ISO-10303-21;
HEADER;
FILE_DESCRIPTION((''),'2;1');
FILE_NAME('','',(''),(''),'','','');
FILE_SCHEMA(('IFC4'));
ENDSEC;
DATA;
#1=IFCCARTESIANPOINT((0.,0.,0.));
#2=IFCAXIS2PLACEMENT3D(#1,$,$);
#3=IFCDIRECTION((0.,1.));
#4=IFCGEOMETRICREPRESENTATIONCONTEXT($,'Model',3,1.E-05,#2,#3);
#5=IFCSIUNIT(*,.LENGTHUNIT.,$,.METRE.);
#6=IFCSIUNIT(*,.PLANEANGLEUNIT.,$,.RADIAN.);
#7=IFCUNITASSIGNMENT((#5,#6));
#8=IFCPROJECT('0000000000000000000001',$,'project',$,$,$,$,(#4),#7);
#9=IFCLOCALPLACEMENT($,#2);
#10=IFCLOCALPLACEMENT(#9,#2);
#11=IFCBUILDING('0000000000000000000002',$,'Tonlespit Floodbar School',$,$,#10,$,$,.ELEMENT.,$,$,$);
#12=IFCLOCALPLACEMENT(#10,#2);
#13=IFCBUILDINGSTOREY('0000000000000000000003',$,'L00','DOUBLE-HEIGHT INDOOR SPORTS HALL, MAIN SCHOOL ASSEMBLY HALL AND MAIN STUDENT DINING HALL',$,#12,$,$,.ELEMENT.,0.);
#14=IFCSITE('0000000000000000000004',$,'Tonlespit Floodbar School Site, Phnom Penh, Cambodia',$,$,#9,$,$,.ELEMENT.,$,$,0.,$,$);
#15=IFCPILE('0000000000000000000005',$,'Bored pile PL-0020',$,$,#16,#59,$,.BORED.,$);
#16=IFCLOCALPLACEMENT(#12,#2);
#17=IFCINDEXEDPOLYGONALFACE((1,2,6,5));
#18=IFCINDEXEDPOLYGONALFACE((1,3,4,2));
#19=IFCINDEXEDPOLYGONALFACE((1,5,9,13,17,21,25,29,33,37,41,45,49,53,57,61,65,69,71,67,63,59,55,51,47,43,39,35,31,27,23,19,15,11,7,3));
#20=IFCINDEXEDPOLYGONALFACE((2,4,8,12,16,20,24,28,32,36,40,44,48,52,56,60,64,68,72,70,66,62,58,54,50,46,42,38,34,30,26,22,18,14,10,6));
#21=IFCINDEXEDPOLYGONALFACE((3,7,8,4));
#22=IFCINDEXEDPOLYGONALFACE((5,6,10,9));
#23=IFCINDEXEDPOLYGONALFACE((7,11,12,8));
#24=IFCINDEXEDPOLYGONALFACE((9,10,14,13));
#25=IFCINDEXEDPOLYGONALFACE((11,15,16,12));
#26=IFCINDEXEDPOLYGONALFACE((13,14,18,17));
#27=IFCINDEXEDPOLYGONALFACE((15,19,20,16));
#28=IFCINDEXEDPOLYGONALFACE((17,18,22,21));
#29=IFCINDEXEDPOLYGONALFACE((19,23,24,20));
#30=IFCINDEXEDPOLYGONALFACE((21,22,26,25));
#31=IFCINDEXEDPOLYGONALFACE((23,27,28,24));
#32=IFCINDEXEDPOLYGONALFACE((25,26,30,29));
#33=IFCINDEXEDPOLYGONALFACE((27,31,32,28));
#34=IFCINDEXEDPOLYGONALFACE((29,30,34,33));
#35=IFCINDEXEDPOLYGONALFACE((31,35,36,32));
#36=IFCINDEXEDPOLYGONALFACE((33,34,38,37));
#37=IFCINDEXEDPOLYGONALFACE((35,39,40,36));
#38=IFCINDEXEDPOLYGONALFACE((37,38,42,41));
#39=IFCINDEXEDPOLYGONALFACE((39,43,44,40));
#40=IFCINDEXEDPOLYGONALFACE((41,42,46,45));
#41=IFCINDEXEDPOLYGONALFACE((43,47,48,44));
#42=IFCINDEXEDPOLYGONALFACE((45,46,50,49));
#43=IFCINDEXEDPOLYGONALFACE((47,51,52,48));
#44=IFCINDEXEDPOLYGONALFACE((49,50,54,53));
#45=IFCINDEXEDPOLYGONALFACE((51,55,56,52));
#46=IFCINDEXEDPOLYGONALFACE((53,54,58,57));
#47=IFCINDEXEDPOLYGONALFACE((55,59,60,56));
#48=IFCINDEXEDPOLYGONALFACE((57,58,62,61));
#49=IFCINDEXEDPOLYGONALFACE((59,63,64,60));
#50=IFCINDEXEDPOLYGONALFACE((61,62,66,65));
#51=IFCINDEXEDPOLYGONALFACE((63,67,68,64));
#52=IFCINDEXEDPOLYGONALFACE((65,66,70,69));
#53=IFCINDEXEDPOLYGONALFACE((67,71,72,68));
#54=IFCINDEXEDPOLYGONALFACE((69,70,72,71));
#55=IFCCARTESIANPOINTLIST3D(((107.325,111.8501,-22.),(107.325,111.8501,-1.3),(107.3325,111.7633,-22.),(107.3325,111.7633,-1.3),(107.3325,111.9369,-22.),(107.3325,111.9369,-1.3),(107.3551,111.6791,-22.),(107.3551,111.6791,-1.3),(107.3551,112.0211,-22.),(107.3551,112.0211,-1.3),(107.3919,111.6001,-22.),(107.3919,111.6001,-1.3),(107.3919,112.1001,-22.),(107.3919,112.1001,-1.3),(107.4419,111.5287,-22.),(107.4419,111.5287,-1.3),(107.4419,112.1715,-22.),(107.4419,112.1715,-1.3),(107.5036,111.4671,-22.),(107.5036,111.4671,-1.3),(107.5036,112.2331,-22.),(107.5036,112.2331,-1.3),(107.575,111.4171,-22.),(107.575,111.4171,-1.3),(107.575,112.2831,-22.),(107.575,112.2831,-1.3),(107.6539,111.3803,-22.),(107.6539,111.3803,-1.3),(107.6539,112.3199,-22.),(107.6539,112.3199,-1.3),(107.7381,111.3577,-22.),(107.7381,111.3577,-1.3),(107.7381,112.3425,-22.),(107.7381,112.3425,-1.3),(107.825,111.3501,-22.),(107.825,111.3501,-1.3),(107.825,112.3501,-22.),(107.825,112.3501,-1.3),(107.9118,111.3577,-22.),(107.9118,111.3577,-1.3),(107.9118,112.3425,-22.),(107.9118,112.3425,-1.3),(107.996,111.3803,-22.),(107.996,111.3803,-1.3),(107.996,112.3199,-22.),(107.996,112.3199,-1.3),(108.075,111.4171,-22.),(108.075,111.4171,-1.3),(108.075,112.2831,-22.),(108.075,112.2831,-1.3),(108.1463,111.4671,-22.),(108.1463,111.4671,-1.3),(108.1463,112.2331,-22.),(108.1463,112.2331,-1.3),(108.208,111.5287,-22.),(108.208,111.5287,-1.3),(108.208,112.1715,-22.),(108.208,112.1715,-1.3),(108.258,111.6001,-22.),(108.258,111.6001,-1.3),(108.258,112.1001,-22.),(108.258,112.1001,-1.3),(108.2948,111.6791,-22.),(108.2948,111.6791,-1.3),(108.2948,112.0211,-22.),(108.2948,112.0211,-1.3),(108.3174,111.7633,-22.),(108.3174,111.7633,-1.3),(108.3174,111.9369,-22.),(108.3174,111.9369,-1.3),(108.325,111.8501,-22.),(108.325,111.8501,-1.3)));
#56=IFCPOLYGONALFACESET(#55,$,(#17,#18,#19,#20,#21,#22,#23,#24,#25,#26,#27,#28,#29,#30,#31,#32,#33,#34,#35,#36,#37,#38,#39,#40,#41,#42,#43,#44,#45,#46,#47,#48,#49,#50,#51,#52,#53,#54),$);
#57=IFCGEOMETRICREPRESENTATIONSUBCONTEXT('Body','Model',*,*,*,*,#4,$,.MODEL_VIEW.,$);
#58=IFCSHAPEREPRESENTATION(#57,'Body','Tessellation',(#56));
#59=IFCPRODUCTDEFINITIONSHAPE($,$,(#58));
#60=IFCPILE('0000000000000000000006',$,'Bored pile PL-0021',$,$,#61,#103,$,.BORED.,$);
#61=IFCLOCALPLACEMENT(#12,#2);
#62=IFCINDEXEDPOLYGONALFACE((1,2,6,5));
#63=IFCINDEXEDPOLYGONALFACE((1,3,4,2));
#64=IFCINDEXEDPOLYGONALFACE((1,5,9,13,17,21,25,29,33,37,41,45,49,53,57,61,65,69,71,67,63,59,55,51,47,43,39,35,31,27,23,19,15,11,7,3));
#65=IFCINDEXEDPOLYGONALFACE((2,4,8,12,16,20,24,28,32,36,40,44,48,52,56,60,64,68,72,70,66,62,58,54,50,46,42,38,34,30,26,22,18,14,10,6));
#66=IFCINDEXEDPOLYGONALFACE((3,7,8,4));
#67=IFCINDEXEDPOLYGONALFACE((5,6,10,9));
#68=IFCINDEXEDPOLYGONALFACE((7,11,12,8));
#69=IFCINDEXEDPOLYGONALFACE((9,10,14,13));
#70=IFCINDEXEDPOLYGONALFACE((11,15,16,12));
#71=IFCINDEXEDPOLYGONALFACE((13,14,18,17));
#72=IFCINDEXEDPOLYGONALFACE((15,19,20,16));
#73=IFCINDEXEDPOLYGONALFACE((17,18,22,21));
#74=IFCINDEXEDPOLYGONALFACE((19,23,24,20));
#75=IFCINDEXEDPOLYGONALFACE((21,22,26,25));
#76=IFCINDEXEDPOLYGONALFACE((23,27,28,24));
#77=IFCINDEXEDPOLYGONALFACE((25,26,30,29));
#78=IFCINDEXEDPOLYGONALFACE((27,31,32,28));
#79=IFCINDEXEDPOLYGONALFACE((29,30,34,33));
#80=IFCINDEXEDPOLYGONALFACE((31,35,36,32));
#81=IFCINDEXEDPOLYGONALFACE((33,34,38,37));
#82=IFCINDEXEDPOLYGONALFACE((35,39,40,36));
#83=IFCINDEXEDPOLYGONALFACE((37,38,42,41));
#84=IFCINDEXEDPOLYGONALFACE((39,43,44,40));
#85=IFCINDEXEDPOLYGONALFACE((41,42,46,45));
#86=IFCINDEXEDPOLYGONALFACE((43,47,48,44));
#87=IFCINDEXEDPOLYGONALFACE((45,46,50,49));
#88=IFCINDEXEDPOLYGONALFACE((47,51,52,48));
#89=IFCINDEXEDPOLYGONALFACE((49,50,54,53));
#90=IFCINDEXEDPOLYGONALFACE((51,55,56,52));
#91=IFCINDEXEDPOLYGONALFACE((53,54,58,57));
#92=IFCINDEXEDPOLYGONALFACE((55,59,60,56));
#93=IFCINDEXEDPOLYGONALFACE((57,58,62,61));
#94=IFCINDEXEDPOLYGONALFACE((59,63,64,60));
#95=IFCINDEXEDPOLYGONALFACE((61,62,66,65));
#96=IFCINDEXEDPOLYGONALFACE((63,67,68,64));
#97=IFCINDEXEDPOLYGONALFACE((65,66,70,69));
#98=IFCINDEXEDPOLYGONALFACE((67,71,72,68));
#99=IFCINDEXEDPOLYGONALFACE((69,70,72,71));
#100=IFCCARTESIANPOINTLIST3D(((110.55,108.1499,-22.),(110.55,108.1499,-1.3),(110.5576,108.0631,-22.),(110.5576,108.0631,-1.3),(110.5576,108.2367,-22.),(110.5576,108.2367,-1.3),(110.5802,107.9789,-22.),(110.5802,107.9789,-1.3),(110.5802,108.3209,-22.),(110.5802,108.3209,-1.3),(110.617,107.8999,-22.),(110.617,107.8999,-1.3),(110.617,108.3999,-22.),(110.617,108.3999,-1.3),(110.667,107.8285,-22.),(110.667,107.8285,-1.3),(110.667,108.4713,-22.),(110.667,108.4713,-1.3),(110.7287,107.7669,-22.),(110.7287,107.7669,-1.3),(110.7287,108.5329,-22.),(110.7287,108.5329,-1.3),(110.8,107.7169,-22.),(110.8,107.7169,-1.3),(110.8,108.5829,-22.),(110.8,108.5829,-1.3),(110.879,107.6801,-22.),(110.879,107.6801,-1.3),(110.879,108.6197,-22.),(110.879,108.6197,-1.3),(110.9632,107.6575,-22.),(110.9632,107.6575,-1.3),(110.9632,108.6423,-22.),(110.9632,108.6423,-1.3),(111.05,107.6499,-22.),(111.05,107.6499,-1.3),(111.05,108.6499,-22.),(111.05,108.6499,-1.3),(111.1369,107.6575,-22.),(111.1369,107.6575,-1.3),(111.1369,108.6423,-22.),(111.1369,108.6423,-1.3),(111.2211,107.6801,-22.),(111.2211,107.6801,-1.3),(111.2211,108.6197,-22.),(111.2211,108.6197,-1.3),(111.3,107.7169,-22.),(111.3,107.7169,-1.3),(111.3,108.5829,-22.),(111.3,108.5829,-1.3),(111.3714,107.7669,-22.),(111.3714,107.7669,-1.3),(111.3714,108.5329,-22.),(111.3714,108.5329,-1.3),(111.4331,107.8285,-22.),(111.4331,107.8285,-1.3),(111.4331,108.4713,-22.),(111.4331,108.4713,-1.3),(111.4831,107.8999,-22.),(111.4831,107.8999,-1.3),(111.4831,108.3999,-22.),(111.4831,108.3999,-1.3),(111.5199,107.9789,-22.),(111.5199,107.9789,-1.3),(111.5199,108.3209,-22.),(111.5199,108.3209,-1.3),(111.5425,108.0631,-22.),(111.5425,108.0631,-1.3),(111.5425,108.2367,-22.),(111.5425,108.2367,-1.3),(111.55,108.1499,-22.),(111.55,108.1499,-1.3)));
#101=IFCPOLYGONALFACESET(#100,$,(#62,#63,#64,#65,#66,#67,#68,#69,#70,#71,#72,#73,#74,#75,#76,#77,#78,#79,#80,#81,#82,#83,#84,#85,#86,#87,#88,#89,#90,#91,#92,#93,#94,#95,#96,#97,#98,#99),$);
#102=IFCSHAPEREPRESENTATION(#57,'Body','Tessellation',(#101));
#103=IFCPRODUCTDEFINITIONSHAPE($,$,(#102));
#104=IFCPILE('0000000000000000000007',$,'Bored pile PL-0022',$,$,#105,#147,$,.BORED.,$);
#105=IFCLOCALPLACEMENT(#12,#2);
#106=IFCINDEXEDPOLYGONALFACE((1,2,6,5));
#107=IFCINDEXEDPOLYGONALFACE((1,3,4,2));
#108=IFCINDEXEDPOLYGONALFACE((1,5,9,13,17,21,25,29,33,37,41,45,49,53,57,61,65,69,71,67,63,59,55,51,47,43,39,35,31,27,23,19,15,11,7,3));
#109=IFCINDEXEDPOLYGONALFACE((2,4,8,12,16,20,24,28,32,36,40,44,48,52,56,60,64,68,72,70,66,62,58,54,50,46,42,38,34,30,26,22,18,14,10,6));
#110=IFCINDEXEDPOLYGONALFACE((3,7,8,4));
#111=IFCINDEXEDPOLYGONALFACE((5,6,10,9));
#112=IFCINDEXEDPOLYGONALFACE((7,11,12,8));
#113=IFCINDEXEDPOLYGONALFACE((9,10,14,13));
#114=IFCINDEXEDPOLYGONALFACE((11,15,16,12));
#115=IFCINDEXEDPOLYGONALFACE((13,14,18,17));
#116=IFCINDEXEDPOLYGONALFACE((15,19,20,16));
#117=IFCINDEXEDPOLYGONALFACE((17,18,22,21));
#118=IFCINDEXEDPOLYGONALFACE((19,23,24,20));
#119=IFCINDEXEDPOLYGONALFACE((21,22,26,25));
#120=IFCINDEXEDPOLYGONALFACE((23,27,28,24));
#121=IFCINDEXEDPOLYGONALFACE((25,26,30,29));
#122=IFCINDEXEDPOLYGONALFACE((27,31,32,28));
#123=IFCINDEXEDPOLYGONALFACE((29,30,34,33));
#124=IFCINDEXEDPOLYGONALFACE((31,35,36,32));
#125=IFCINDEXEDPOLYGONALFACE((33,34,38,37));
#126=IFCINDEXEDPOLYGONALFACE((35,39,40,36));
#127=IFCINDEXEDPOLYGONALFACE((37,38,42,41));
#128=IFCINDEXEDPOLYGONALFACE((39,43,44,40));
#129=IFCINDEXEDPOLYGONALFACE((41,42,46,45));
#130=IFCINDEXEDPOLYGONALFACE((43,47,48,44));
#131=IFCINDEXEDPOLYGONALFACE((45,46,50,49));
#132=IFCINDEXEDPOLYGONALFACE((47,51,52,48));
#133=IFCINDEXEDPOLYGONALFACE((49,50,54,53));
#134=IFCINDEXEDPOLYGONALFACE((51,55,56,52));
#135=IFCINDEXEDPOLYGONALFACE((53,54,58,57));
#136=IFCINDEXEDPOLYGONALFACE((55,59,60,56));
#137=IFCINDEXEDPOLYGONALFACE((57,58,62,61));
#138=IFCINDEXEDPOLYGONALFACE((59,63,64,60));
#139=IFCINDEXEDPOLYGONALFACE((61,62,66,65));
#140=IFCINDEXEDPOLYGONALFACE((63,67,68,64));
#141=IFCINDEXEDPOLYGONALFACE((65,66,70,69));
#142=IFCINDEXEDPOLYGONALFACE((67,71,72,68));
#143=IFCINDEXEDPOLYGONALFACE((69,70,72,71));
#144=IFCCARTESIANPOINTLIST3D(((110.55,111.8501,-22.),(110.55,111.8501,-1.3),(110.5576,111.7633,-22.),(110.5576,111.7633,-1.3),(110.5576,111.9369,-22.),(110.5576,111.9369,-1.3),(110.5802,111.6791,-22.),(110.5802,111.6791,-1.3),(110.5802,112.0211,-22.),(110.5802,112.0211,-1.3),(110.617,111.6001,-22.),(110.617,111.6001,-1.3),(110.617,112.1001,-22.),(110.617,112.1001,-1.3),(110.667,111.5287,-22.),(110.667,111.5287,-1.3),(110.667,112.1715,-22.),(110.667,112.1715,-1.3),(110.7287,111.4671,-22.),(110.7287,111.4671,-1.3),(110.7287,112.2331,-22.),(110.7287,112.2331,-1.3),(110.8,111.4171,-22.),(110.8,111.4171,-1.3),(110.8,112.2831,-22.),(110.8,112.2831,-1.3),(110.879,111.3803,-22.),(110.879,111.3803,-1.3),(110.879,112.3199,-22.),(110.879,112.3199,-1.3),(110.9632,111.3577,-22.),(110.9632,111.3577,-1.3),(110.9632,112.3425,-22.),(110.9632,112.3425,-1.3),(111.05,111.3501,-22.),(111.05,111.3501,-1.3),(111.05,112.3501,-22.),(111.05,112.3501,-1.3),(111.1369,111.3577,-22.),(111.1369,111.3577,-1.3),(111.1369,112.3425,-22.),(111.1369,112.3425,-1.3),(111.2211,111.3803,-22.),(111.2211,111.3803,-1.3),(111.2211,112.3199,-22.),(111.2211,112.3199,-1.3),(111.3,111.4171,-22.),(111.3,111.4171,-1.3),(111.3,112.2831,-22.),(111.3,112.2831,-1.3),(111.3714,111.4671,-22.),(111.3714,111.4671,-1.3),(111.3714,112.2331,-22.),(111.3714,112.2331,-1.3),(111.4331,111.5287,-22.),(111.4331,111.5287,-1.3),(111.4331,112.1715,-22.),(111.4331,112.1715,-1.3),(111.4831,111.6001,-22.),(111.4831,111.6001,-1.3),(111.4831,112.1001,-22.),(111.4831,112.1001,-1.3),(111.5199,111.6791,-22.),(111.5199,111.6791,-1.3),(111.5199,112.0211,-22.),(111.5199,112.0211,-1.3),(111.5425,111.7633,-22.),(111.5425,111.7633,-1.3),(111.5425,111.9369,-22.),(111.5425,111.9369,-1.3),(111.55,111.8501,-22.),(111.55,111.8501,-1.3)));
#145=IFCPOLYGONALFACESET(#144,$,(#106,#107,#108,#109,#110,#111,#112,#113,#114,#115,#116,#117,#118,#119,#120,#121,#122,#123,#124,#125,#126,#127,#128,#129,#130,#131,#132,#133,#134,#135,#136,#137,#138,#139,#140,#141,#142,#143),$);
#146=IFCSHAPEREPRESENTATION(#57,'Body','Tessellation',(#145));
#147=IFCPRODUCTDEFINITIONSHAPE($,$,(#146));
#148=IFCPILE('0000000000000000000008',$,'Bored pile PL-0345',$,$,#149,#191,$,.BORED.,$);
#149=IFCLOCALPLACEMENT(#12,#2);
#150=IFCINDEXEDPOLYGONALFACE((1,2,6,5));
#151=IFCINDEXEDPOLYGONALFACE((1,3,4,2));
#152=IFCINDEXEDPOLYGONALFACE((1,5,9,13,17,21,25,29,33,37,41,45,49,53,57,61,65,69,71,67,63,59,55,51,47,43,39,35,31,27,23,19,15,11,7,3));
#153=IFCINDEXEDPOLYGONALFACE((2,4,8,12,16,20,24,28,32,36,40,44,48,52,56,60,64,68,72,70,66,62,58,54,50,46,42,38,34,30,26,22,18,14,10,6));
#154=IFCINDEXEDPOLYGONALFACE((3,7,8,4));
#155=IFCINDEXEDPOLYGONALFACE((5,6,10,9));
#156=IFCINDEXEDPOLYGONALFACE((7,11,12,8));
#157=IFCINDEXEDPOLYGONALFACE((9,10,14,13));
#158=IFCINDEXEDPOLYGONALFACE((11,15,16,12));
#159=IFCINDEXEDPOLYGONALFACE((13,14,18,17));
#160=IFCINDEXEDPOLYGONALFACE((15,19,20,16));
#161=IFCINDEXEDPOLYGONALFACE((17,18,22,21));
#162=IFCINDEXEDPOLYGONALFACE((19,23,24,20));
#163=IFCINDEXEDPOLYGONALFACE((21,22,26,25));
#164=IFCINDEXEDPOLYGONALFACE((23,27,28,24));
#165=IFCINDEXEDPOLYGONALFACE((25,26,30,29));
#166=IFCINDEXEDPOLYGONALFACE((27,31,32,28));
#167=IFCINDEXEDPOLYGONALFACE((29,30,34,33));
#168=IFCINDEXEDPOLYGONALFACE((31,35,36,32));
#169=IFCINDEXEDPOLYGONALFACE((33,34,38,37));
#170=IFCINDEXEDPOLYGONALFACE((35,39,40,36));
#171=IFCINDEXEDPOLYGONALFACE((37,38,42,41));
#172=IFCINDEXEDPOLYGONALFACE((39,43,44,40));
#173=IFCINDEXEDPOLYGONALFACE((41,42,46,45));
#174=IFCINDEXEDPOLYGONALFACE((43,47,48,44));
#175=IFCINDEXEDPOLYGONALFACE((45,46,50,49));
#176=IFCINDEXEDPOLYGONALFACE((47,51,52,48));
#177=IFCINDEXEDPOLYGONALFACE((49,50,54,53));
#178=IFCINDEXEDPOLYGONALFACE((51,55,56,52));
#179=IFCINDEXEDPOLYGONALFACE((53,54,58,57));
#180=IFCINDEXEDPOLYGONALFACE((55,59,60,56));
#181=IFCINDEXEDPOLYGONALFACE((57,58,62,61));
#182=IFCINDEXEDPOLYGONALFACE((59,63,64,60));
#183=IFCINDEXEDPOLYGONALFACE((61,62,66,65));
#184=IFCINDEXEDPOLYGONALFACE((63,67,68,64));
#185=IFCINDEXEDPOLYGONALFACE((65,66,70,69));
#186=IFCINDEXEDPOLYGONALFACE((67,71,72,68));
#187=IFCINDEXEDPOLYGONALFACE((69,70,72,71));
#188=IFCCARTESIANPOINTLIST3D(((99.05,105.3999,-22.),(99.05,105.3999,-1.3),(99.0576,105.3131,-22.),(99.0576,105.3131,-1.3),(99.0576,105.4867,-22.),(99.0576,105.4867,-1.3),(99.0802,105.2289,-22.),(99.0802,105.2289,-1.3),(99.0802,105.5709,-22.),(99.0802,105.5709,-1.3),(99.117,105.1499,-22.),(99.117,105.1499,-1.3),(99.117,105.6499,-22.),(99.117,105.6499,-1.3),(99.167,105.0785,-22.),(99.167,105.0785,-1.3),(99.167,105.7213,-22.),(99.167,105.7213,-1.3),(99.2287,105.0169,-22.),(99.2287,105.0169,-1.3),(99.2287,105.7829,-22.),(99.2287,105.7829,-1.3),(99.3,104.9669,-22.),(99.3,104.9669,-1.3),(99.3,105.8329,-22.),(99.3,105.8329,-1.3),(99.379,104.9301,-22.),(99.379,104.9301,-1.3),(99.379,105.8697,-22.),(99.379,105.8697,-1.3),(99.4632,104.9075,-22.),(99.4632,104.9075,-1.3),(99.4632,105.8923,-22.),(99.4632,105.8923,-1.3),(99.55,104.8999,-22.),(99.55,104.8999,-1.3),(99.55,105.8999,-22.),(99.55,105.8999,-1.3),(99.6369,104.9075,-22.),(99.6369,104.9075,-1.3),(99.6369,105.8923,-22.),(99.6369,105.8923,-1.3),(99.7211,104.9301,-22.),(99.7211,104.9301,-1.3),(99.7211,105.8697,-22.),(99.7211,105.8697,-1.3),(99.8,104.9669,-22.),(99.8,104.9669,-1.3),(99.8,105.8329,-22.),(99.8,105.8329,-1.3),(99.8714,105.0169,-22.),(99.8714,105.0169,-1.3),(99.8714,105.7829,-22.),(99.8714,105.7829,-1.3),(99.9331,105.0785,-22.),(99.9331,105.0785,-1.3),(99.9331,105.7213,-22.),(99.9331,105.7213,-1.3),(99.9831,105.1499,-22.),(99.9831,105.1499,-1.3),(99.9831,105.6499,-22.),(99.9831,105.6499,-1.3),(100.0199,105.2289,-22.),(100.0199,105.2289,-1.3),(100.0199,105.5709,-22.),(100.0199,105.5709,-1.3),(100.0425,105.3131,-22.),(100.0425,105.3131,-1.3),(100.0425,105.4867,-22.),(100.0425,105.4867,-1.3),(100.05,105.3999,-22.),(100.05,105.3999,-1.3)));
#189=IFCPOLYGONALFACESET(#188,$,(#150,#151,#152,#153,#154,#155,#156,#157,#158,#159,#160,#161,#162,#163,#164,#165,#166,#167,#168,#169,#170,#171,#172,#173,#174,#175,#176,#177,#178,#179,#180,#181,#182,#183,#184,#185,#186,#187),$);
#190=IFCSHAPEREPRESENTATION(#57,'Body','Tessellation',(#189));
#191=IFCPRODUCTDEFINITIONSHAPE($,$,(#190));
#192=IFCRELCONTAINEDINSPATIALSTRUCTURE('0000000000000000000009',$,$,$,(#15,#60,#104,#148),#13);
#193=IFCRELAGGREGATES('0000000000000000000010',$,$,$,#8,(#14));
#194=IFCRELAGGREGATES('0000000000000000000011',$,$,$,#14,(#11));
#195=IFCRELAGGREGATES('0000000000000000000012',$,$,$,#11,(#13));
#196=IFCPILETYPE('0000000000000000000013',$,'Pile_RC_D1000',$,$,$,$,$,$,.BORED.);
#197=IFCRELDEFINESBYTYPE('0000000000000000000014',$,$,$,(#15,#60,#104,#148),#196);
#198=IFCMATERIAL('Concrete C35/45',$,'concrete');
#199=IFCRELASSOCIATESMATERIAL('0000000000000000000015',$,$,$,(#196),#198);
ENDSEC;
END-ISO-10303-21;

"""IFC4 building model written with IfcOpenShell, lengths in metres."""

from ifc_helpers import new_model, si_unit, direction, frame, origin, origin_2d, place, context, subcontext, project, spatial, circle, extrude, material, material_profile, profile_set, type_object, element, save


model = new_model("IFC4")

# Units and contexts
model_context = context("Model", 3, precision=1e-05, world=origin(), true_north=direction((0.0, 1.0)))
body_context = subcontext(model_context, "Body", "Model", "MODEL_VIEW")
ifc_project = project(units=[si_unit("LENGTHUNIT", "METRE"), si_unit("PLANEANGLEUNIT", "RADIAN")], contexts=[model_context])

# Site, building, storey
site_placement = place(None, origin())
site = spatial("IfcSite", under=ifc_project, at=site_placement, Name="Tonlespit Floodbar School Site, Phnom Penh, Cambodia", CompositionType="ELEMENT", RefElevation=0.0)
building_placement = place(site_placement, origin())
building = spatial("IfcBuilding", under=site, at=building_placement, Name="Tonlespit Floodbar School", CompositionType="ELEMENT")
storey_placement = place(building_placement, origin())
storey = spatial("IfcBuildingStorey", under=building, at=storey_placement, Name="L00", Description="DOUBLE-HEIGHT INDOOR SPORTS HALL, MAIN SCHOOL ASSEMBLY HALL AND MAIN STUDENT DINING HALL", CompositionType="ELEMENT", Elevation=0.0)

# Piles
ifc_material_1 = material(Name="Concrete C35/45", Category="concrete")
ifc_material_profile = material_profile(ifc_material_1, circle(Radius=0.5, at=origin_2d()), Name="BP D1000")
ifc_profile_set = profile_set([ifc_material_profile], Name="Concrete C35/45")
pile_type = type_object("IfcPileType", Name="Pile_RC_D1000", PredefinedType="BORED", material=ifc_profile_set)
for number, where, z_axis, x_axis, name in (
    (1, (107.825, 111.8501, -1.3), (0.0, 0.0, -1.0), (1.0, 0.0, 0.0), "Bored pile PL-0020"),
    (2, (111.05, 108.1499, -1.3), (0.0, 0.0, -1.0), (1.0, 0.0, 0.0), "Bored pile PL-0021"),
    (3, (111.05, 111.8501, -1.3), (0.0, 0.0, -1.0), (1.0, 0.0, 0.0), "Bored pile PL-0022"),
    (4, (99.55, 105.3999, -1.3), (0.0, 0.0, -1.0), (1.0, 0.0, 0.0), "Bored pile PL-0345"),
):
    element("IfcPile", number, at=place(storey_placement, frame(where, z_axis=z_axis, x_axis=x_axis)), inside=storey, type_object=pile_type, Name=name, PredefinedType="BORED", context=body_context, shape_type="SweptSolid", body=[
        extrude(circle(Radius=0.5, at=origin_2d()), origin(), (0.0, 0.0, 1.0), 20.7),
    ])

save(model, "model.ifc")
